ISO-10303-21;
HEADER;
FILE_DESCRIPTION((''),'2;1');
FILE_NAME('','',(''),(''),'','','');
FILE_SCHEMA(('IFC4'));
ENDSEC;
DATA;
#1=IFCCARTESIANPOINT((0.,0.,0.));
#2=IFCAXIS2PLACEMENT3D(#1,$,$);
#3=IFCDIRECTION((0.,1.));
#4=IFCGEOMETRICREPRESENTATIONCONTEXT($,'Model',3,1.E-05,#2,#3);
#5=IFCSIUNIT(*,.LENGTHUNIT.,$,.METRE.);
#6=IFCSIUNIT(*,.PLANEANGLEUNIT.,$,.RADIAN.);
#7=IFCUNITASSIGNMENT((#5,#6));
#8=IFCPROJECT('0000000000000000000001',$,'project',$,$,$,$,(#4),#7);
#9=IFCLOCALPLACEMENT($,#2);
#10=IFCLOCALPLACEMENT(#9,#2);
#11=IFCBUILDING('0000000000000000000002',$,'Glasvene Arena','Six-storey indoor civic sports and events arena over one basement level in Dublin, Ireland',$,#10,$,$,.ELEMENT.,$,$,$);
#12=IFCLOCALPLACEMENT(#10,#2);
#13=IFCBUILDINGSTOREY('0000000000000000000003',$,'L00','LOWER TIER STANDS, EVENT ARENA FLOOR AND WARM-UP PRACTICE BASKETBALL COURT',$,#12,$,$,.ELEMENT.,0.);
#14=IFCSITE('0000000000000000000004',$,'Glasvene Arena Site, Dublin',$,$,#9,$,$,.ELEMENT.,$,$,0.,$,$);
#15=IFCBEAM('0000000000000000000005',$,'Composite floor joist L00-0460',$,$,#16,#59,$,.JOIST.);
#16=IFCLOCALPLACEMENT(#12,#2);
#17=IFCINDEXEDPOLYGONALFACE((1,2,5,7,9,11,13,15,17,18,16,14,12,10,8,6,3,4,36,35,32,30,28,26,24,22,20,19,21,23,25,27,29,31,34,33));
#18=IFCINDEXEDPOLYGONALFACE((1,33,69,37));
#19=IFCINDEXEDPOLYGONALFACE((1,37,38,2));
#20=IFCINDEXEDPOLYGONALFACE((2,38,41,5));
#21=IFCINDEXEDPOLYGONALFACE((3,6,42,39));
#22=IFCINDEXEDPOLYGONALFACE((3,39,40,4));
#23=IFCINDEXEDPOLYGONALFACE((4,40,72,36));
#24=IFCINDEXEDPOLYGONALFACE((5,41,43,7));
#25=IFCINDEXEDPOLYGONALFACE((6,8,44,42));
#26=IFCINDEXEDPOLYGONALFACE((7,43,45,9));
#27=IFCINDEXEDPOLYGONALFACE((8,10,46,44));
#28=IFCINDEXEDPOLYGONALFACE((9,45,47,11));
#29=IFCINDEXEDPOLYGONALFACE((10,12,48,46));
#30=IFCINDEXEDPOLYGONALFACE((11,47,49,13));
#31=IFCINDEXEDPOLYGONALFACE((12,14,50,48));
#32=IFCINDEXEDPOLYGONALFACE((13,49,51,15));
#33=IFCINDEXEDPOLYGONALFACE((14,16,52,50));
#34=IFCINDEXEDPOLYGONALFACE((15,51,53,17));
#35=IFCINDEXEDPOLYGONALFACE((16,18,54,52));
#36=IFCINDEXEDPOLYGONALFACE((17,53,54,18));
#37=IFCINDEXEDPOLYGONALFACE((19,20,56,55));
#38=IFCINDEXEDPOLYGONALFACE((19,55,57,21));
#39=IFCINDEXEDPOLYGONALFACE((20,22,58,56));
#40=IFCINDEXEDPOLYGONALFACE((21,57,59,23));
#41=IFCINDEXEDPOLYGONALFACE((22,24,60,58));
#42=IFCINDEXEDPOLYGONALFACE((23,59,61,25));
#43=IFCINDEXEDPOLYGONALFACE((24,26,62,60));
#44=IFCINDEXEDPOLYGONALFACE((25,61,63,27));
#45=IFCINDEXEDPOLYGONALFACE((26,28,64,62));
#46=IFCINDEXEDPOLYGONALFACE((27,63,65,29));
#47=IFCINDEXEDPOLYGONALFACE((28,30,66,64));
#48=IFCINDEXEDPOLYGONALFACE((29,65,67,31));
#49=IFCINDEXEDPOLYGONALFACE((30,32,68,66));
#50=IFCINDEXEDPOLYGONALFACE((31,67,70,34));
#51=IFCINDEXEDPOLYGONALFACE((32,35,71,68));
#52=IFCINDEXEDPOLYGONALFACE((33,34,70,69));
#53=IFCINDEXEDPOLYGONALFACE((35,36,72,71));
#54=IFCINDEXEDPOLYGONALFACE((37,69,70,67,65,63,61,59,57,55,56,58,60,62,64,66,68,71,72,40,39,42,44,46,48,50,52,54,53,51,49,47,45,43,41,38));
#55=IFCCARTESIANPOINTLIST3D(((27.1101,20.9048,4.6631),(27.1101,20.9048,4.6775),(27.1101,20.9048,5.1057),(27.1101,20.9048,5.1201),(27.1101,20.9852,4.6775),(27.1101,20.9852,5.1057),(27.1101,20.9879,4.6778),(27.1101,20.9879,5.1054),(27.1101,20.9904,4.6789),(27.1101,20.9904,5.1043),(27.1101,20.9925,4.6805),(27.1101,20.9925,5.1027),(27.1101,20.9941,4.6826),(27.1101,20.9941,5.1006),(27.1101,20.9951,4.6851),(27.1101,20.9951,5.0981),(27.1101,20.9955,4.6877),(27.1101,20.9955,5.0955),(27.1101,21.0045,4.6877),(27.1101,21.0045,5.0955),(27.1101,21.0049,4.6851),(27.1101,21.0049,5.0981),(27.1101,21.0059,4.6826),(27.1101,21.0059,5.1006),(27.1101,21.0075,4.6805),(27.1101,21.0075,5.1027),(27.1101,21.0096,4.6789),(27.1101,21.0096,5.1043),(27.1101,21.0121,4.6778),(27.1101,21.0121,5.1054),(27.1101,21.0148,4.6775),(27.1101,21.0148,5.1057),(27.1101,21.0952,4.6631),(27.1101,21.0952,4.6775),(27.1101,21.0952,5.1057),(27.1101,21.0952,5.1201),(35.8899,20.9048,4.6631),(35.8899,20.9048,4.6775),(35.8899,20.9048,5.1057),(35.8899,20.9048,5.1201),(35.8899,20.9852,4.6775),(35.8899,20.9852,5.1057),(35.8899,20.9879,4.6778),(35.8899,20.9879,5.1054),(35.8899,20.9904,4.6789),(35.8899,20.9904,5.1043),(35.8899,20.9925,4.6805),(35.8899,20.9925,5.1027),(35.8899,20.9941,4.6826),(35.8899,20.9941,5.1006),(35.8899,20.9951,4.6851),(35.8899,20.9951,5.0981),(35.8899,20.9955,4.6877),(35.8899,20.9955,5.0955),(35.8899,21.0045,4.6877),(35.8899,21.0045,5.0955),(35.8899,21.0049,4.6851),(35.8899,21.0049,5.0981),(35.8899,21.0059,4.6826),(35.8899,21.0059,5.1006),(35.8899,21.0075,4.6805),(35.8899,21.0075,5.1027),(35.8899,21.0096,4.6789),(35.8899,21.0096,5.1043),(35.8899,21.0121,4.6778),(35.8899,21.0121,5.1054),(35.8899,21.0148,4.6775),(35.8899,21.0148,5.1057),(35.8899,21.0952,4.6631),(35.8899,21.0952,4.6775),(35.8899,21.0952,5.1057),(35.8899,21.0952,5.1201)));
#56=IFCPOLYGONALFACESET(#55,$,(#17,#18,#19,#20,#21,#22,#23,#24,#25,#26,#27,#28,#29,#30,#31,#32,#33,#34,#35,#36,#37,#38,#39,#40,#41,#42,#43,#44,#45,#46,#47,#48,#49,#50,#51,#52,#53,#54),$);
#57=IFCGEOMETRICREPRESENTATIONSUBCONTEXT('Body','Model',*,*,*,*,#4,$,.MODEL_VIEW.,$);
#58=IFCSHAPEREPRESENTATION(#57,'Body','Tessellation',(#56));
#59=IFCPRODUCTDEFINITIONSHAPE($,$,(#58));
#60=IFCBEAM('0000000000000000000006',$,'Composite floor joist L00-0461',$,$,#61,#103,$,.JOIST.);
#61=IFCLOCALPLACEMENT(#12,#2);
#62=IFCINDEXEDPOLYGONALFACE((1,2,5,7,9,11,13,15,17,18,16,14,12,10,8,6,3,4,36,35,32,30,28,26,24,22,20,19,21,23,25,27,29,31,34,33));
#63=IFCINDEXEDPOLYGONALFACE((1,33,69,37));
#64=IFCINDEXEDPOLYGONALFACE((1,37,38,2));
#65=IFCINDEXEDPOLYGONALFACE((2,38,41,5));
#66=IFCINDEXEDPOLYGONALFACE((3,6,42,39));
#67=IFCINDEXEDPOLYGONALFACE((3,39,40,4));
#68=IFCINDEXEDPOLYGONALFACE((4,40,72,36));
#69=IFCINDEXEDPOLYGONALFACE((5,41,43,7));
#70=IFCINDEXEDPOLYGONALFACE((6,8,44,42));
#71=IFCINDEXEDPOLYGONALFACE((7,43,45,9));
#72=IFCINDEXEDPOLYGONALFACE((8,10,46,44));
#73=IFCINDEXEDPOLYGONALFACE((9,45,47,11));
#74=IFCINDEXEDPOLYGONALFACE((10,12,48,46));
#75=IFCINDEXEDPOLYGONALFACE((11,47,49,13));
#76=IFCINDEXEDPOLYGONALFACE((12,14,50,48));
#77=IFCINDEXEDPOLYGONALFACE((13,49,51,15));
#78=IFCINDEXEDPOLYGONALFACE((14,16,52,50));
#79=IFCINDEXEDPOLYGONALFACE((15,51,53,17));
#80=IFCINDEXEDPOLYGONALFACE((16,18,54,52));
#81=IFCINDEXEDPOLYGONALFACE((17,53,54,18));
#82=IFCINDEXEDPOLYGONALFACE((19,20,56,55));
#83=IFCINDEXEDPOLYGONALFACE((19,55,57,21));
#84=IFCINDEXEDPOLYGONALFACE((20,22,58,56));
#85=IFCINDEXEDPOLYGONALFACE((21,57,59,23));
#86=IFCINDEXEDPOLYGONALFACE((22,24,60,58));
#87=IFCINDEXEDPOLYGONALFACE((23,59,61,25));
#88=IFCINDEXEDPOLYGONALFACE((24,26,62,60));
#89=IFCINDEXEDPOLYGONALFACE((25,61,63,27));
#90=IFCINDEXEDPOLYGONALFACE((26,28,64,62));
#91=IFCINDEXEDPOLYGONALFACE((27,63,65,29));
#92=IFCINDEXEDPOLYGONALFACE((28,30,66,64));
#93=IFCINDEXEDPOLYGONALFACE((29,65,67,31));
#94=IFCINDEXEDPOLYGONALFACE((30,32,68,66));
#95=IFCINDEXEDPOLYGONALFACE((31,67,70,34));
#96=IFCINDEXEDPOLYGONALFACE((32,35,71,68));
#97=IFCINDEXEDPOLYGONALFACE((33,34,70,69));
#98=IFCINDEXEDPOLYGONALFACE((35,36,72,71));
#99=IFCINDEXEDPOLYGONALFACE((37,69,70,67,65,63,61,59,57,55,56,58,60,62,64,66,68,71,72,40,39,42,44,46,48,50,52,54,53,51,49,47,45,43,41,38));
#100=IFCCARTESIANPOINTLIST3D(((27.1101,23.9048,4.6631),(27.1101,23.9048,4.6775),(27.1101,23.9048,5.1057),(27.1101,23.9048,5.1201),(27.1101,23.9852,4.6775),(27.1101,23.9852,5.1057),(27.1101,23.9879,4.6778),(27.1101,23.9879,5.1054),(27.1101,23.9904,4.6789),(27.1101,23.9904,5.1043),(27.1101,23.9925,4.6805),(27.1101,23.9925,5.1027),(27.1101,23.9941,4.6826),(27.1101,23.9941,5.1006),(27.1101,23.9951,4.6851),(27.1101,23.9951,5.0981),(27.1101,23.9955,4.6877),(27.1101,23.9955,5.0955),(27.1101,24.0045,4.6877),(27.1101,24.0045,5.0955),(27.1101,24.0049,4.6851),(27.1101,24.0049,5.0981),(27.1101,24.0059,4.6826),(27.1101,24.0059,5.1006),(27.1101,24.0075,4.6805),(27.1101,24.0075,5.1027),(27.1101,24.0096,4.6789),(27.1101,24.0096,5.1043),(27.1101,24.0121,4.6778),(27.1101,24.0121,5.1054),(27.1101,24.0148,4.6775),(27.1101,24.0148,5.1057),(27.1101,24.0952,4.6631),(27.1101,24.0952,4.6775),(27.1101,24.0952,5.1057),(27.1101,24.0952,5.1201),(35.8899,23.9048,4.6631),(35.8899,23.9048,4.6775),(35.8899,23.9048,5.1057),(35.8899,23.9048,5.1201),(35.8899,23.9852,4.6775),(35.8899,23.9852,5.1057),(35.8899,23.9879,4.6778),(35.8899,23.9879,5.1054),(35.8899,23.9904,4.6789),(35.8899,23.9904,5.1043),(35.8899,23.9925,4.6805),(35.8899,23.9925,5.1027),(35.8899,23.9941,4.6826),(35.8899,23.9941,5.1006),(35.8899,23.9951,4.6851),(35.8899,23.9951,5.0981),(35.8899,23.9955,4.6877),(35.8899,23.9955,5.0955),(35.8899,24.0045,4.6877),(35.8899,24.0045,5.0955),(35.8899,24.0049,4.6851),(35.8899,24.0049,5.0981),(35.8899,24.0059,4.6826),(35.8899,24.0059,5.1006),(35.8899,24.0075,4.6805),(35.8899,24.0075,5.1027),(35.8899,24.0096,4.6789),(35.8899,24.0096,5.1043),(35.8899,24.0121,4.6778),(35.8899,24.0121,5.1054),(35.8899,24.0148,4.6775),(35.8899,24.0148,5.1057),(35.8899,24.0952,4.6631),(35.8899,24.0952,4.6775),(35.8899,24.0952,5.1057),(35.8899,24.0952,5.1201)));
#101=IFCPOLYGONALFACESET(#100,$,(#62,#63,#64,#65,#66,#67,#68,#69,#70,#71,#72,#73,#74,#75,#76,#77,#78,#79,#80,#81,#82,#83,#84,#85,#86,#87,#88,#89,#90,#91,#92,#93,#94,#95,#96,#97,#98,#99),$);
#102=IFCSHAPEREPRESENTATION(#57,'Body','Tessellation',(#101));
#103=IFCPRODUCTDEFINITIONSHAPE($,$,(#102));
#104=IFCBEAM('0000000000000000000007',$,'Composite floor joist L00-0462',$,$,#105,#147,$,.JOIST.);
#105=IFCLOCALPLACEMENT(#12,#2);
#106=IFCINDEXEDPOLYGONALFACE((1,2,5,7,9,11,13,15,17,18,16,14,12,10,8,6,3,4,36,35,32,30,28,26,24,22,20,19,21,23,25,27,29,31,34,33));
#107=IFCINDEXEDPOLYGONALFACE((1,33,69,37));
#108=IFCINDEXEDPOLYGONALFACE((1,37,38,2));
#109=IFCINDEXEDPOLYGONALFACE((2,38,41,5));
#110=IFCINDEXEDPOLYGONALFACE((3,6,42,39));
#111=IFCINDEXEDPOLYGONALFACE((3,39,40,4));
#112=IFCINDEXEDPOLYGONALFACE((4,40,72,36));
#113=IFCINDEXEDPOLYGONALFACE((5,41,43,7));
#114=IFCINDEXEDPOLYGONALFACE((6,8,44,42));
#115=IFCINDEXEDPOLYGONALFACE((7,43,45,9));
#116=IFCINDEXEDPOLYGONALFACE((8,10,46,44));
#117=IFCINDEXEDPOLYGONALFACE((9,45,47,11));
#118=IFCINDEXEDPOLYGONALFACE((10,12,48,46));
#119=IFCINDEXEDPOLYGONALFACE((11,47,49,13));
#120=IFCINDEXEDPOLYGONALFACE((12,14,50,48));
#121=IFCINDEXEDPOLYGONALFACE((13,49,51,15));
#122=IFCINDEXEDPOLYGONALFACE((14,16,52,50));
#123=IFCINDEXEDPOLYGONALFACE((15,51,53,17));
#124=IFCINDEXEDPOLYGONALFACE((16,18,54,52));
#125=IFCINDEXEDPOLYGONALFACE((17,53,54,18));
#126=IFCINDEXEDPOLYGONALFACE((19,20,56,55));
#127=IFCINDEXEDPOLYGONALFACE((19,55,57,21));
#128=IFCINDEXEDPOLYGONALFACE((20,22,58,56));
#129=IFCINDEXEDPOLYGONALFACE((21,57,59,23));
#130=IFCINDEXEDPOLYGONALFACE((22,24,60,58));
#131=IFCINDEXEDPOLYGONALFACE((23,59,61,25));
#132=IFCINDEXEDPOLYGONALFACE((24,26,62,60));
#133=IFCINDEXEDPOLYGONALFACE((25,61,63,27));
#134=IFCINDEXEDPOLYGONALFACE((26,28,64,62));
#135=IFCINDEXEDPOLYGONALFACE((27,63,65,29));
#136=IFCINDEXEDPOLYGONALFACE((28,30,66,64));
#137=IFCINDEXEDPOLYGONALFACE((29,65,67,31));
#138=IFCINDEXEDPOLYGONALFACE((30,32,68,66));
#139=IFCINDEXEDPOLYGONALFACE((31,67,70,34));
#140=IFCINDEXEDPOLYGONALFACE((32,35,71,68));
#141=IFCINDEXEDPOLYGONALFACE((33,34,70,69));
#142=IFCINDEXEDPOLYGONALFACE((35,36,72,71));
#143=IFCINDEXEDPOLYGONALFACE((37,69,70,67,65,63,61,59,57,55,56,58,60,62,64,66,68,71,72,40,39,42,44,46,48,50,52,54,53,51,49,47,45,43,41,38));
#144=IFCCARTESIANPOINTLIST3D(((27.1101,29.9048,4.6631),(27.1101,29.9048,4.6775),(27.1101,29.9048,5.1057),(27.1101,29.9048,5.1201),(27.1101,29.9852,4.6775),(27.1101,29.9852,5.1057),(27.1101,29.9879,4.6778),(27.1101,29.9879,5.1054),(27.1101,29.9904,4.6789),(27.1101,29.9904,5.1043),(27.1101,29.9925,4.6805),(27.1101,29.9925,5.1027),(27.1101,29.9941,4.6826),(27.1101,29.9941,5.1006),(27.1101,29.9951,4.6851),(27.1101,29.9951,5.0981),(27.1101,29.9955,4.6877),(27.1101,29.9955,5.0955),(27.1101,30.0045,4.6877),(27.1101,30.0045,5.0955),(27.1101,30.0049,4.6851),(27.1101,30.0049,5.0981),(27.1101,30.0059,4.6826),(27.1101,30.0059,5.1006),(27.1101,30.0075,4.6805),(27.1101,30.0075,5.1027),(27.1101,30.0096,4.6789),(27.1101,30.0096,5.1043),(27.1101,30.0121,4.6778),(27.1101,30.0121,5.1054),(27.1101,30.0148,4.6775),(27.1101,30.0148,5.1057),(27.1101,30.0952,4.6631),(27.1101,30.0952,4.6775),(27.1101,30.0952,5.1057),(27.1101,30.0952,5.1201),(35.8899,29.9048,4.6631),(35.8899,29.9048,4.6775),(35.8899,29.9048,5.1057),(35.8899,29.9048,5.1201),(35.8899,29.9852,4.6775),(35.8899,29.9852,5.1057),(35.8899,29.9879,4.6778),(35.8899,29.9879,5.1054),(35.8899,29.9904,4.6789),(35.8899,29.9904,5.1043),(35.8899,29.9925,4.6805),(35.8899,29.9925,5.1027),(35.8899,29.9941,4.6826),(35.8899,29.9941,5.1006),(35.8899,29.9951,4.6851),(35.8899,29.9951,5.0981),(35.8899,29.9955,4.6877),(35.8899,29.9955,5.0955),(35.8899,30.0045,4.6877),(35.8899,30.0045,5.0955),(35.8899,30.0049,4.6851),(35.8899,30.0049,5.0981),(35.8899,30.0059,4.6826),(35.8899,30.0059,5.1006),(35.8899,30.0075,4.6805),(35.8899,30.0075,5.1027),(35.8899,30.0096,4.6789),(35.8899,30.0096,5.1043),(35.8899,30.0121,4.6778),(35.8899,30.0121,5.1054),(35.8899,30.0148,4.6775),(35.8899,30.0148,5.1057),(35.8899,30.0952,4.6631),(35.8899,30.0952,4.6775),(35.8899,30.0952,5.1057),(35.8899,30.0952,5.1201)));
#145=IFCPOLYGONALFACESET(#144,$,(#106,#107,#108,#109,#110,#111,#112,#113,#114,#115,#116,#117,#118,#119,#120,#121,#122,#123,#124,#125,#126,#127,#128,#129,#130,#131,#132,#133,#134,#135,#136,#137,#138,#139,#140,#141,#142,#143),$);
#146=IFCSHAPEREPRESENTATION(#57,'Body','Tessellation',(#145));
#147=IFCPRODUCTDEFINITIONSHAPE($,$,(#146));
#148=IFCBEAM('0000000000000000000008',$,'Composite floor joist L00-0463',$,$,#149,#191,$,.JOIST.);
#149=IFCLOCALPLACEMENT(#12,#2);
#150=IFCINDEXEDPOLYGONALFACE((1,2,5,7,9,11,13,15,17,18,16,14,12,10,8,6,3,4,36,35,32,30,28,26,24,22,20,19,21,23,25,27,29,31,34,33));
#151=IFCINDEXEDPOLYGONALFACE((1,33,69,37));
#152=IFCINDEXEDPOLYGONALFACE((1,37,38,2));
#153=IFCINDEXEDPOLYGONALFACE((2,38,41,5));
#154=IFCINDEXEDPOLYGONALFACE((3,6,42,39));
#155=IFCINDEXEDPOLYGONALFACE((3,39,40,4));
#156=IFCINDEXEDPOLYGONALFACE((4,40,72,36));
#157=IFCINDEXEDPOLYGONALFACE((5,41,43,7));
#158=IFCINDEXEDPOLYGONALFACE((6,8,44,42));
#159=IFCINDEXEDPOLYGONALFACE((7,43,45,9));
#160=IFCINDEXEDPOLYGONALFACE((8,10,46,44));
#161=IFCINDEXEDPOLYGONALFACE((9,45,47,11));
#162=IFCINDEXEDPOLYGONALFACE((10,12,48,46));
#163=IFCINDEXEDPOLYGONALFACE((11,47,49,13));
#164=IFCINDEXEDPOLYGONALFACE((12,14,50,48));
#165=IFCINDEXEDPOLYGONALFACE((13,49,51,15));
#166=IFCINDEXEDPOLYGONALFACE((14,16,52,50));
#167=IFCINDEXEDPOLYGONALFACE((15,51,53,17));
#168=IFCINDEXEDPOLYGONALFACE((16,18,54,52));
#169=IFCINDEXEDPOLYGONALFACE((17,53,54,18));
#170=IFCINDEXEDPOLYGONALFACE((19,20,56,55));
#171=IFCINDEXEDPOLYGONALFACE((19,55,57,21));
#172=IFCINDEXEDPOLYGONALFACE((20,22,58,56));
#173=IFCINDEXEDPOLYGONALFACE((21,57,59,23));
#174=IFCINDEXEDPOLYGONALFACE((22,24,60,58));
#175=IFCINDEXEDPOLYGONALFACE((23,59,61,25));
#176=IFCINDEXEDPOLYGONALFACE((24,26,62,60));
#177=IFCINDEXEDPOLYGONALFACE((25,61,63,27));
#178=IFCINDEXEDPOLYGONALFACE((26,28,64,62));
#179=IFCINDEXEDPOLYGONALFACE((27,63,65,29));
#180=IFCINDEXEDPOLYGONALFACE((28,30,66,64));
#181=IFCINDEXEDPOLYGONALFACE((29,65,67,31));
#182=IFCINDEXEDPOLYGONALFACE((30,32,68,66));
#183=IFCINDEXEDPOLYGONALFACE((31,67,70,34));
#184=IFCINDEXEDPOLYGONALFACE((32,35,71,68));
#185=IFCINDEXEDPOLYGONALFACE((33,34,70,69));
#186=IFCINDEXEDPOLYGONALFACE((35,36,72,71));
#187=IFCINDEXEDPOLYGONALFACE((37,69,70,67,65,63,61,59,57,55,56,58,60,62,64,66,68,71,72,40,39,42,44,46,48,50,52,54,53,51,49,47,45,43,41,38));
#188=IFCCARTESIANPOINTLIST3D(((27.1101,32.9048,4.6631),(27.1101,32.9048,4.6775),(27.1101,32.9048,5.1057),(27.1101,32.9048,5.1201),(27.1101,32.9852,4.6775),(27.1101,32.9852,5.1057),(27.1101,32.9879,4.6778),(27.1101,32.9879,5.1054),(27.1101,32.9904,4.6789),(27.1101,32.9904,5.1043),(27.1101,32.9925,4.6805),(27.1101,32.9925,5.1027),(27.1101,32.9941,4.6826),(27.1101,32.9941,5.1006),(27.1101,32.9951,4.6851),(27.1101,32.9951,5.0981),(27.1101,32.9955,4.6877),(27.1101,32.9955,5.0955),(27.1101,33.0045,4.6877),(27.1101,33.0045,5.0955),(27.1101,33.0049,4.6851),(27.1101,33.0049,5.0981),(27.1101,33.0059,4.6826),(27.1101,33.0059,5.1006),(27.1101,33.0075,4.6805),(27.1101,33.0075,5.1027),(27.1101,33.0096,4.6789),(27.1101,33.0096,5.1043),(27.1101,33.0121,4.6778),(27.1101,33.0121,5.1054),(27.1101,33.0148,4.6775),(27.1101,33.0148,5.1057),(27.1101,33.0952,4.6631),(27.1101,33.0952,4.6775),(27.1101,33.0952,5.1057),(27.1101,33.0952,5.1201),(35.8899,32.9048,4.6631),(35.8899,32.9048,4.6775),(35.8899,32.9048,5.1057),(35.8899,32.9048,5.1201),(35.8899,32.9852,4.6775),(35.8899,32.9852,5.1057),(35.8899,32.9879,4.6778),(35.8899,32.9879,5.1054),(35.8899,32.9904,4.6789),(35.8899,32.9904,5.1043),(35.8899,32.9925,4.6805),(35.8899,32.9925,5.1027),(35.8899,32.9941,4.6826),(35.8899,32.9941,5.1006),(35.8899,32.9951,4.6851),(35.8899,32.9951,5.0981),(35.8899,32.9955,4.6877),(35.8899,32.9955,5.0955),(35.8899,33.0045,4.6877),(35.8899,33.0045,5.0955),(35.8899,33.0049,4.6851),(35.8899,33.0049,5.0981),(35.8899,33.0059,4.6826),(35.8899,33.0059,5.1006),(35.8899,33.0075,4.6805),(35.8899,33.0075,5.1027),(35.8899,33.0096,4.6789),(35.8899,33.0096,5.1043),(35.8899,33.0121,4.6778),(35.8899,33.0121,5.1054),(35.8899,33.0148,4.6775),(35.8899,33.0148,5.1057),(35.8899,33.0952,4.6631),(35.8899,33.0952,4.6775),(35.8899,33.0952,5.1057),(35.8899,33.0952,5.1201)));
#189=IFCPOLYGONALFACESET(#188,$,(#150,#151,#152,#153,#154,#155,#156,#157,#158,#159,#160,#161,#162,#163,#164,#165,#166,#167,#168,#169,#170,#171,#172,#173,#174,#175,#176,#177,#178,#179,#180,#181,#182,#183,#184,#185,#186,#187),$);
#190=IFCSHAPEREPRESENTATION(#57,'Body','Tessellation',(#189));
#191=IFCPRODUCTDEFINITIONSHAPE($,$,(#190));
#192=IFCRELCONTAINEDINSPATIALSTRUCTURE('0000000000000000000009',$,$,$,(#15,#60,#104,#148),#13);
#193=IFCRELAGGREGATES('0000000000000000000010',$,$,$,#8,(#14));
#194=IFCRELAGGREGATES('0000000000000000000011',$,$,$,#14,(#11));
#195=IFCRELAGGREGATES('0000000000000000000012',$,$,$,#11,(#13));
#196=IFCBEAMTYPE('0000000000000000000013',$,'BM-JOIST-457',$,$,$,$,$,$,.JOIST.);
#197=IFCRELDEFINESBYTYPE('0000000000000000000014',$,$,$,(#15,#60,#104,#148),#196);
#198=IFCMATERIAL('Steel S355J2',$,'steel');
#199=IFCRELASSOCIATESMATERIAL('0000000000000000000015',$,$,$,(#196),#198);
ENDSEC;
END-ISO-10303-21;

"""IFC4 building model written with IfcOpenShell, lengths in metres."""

from ifc_helpers import new_model, si_unit, direction, frame, origin, origin_2d, place, context, subcontext, project, spatial, i_section, extrude, material, material_profile, profile_set, type_object, element, save


model = new_model("IFC4")

# Units and contexts
model_context = context("Model", 3, precision=1e-05, world=origin(), true_north=direction((0.0, 1.0)))
body_context = subcontext(model_context, "Body", "Model", "MODEL_VIEW")
ifc_project = project(units=[si_unit("LENGTHUNIT", "METRE"), si_unit("PLANEANGLEUNIT", "RADIAN")], contexts=[model_context])

# Site, building, storey
site_placement = place(None, origin())
site = spatial("IfcSite", under=ifc_project, at=site_placement, Name="Glasvene Arena Site, Dublin", CompositionType="ELEMENT", RefElevation=0.0)
building_placement = place(site_placement, origin())
building = spatial("IfcBuilding", under=site, at=building_placement, Name="Glasvene Arena", Description="Six-storey indoor civic sports and events arena over one basement level in Dublin, Ireland", CompositionType="ELEMENT")
storey_placement = place(building_placement, origin())
storey = spatial("IfcBuildingStorey", under=building, at=storey_placement, Name="L00", Description="LOWER TIER STANDS, EVENT ARENA FLOOR AND WARM-UP PRACTICE BASKETBALL COURT", CompositionType="ELEMENT", Elevation=0.0)

# Shared definitions
ifc_material_1 = material(Name="Steel S355J2", Category="steel")

# Beams
ifc_material_profile_1 = material_profile(ifc_material_1, i_section(OverallWidth=0.1904, OverallDepth=0.457, WebThickness=0.009, FlangeThickness=0.0144, FilletRadius=0.0103, at=origin_2d()), Name="UKB 457x191x74")
ifc_profile_set_1 = profile_set([ifc_material_profile_1], Name="Steel S355J2")
beam_type_1 = type_object("IfcBeamType", Name="BM-JOIST-457", PredefinedType="JOIST", material=ifc_profile_set_1)
for number, where, z_axis, x_axis, name in (
    (1, (27.1101, 21.0, 4.8916), (1.0, 0.0, 0.0), (0.0, 1.0, 0.0), "Composite floor joist L00-0460"),
    (2, (27.1101, 24.0, 4.8916), (1.0, 0.0, 0.0), (0.0, 1.0, 0.0), "Composite floor joist L00-0461"),
    (3, (27.1101, 30.0, 4.8916), (1.0, 0.0, 0.0), (0.0, 1.0, 0.0), "Composite floor joist L00-0462"),
    (4, (27.1101, 33.0, 4.8916), (1.0, 0.0, 0.0), (0.0, 1.0, 0.0), "Composite floor joist L00-0463"),
):
    element("IfcBeam", number, at=place(storey_placement, frame(where, z_axis=z_axis, x_axis=x_axis)), inside=storey, type_object=beam_type_1, Name=name, PredefinedType="JOIST", context=body_context, shape_type="SweptSolid", body=[
        extrude(i_section(OverallWidth=0.1904, OverallDepth=0.457, WebThickness=0.009, FlangeThickness=0.0144, FilletRadius=0.0103, at=origin_2d()), origin(), (0.0, 0.0, 1.0), 8.7798),
    ])

save(model, "model.ifc")
